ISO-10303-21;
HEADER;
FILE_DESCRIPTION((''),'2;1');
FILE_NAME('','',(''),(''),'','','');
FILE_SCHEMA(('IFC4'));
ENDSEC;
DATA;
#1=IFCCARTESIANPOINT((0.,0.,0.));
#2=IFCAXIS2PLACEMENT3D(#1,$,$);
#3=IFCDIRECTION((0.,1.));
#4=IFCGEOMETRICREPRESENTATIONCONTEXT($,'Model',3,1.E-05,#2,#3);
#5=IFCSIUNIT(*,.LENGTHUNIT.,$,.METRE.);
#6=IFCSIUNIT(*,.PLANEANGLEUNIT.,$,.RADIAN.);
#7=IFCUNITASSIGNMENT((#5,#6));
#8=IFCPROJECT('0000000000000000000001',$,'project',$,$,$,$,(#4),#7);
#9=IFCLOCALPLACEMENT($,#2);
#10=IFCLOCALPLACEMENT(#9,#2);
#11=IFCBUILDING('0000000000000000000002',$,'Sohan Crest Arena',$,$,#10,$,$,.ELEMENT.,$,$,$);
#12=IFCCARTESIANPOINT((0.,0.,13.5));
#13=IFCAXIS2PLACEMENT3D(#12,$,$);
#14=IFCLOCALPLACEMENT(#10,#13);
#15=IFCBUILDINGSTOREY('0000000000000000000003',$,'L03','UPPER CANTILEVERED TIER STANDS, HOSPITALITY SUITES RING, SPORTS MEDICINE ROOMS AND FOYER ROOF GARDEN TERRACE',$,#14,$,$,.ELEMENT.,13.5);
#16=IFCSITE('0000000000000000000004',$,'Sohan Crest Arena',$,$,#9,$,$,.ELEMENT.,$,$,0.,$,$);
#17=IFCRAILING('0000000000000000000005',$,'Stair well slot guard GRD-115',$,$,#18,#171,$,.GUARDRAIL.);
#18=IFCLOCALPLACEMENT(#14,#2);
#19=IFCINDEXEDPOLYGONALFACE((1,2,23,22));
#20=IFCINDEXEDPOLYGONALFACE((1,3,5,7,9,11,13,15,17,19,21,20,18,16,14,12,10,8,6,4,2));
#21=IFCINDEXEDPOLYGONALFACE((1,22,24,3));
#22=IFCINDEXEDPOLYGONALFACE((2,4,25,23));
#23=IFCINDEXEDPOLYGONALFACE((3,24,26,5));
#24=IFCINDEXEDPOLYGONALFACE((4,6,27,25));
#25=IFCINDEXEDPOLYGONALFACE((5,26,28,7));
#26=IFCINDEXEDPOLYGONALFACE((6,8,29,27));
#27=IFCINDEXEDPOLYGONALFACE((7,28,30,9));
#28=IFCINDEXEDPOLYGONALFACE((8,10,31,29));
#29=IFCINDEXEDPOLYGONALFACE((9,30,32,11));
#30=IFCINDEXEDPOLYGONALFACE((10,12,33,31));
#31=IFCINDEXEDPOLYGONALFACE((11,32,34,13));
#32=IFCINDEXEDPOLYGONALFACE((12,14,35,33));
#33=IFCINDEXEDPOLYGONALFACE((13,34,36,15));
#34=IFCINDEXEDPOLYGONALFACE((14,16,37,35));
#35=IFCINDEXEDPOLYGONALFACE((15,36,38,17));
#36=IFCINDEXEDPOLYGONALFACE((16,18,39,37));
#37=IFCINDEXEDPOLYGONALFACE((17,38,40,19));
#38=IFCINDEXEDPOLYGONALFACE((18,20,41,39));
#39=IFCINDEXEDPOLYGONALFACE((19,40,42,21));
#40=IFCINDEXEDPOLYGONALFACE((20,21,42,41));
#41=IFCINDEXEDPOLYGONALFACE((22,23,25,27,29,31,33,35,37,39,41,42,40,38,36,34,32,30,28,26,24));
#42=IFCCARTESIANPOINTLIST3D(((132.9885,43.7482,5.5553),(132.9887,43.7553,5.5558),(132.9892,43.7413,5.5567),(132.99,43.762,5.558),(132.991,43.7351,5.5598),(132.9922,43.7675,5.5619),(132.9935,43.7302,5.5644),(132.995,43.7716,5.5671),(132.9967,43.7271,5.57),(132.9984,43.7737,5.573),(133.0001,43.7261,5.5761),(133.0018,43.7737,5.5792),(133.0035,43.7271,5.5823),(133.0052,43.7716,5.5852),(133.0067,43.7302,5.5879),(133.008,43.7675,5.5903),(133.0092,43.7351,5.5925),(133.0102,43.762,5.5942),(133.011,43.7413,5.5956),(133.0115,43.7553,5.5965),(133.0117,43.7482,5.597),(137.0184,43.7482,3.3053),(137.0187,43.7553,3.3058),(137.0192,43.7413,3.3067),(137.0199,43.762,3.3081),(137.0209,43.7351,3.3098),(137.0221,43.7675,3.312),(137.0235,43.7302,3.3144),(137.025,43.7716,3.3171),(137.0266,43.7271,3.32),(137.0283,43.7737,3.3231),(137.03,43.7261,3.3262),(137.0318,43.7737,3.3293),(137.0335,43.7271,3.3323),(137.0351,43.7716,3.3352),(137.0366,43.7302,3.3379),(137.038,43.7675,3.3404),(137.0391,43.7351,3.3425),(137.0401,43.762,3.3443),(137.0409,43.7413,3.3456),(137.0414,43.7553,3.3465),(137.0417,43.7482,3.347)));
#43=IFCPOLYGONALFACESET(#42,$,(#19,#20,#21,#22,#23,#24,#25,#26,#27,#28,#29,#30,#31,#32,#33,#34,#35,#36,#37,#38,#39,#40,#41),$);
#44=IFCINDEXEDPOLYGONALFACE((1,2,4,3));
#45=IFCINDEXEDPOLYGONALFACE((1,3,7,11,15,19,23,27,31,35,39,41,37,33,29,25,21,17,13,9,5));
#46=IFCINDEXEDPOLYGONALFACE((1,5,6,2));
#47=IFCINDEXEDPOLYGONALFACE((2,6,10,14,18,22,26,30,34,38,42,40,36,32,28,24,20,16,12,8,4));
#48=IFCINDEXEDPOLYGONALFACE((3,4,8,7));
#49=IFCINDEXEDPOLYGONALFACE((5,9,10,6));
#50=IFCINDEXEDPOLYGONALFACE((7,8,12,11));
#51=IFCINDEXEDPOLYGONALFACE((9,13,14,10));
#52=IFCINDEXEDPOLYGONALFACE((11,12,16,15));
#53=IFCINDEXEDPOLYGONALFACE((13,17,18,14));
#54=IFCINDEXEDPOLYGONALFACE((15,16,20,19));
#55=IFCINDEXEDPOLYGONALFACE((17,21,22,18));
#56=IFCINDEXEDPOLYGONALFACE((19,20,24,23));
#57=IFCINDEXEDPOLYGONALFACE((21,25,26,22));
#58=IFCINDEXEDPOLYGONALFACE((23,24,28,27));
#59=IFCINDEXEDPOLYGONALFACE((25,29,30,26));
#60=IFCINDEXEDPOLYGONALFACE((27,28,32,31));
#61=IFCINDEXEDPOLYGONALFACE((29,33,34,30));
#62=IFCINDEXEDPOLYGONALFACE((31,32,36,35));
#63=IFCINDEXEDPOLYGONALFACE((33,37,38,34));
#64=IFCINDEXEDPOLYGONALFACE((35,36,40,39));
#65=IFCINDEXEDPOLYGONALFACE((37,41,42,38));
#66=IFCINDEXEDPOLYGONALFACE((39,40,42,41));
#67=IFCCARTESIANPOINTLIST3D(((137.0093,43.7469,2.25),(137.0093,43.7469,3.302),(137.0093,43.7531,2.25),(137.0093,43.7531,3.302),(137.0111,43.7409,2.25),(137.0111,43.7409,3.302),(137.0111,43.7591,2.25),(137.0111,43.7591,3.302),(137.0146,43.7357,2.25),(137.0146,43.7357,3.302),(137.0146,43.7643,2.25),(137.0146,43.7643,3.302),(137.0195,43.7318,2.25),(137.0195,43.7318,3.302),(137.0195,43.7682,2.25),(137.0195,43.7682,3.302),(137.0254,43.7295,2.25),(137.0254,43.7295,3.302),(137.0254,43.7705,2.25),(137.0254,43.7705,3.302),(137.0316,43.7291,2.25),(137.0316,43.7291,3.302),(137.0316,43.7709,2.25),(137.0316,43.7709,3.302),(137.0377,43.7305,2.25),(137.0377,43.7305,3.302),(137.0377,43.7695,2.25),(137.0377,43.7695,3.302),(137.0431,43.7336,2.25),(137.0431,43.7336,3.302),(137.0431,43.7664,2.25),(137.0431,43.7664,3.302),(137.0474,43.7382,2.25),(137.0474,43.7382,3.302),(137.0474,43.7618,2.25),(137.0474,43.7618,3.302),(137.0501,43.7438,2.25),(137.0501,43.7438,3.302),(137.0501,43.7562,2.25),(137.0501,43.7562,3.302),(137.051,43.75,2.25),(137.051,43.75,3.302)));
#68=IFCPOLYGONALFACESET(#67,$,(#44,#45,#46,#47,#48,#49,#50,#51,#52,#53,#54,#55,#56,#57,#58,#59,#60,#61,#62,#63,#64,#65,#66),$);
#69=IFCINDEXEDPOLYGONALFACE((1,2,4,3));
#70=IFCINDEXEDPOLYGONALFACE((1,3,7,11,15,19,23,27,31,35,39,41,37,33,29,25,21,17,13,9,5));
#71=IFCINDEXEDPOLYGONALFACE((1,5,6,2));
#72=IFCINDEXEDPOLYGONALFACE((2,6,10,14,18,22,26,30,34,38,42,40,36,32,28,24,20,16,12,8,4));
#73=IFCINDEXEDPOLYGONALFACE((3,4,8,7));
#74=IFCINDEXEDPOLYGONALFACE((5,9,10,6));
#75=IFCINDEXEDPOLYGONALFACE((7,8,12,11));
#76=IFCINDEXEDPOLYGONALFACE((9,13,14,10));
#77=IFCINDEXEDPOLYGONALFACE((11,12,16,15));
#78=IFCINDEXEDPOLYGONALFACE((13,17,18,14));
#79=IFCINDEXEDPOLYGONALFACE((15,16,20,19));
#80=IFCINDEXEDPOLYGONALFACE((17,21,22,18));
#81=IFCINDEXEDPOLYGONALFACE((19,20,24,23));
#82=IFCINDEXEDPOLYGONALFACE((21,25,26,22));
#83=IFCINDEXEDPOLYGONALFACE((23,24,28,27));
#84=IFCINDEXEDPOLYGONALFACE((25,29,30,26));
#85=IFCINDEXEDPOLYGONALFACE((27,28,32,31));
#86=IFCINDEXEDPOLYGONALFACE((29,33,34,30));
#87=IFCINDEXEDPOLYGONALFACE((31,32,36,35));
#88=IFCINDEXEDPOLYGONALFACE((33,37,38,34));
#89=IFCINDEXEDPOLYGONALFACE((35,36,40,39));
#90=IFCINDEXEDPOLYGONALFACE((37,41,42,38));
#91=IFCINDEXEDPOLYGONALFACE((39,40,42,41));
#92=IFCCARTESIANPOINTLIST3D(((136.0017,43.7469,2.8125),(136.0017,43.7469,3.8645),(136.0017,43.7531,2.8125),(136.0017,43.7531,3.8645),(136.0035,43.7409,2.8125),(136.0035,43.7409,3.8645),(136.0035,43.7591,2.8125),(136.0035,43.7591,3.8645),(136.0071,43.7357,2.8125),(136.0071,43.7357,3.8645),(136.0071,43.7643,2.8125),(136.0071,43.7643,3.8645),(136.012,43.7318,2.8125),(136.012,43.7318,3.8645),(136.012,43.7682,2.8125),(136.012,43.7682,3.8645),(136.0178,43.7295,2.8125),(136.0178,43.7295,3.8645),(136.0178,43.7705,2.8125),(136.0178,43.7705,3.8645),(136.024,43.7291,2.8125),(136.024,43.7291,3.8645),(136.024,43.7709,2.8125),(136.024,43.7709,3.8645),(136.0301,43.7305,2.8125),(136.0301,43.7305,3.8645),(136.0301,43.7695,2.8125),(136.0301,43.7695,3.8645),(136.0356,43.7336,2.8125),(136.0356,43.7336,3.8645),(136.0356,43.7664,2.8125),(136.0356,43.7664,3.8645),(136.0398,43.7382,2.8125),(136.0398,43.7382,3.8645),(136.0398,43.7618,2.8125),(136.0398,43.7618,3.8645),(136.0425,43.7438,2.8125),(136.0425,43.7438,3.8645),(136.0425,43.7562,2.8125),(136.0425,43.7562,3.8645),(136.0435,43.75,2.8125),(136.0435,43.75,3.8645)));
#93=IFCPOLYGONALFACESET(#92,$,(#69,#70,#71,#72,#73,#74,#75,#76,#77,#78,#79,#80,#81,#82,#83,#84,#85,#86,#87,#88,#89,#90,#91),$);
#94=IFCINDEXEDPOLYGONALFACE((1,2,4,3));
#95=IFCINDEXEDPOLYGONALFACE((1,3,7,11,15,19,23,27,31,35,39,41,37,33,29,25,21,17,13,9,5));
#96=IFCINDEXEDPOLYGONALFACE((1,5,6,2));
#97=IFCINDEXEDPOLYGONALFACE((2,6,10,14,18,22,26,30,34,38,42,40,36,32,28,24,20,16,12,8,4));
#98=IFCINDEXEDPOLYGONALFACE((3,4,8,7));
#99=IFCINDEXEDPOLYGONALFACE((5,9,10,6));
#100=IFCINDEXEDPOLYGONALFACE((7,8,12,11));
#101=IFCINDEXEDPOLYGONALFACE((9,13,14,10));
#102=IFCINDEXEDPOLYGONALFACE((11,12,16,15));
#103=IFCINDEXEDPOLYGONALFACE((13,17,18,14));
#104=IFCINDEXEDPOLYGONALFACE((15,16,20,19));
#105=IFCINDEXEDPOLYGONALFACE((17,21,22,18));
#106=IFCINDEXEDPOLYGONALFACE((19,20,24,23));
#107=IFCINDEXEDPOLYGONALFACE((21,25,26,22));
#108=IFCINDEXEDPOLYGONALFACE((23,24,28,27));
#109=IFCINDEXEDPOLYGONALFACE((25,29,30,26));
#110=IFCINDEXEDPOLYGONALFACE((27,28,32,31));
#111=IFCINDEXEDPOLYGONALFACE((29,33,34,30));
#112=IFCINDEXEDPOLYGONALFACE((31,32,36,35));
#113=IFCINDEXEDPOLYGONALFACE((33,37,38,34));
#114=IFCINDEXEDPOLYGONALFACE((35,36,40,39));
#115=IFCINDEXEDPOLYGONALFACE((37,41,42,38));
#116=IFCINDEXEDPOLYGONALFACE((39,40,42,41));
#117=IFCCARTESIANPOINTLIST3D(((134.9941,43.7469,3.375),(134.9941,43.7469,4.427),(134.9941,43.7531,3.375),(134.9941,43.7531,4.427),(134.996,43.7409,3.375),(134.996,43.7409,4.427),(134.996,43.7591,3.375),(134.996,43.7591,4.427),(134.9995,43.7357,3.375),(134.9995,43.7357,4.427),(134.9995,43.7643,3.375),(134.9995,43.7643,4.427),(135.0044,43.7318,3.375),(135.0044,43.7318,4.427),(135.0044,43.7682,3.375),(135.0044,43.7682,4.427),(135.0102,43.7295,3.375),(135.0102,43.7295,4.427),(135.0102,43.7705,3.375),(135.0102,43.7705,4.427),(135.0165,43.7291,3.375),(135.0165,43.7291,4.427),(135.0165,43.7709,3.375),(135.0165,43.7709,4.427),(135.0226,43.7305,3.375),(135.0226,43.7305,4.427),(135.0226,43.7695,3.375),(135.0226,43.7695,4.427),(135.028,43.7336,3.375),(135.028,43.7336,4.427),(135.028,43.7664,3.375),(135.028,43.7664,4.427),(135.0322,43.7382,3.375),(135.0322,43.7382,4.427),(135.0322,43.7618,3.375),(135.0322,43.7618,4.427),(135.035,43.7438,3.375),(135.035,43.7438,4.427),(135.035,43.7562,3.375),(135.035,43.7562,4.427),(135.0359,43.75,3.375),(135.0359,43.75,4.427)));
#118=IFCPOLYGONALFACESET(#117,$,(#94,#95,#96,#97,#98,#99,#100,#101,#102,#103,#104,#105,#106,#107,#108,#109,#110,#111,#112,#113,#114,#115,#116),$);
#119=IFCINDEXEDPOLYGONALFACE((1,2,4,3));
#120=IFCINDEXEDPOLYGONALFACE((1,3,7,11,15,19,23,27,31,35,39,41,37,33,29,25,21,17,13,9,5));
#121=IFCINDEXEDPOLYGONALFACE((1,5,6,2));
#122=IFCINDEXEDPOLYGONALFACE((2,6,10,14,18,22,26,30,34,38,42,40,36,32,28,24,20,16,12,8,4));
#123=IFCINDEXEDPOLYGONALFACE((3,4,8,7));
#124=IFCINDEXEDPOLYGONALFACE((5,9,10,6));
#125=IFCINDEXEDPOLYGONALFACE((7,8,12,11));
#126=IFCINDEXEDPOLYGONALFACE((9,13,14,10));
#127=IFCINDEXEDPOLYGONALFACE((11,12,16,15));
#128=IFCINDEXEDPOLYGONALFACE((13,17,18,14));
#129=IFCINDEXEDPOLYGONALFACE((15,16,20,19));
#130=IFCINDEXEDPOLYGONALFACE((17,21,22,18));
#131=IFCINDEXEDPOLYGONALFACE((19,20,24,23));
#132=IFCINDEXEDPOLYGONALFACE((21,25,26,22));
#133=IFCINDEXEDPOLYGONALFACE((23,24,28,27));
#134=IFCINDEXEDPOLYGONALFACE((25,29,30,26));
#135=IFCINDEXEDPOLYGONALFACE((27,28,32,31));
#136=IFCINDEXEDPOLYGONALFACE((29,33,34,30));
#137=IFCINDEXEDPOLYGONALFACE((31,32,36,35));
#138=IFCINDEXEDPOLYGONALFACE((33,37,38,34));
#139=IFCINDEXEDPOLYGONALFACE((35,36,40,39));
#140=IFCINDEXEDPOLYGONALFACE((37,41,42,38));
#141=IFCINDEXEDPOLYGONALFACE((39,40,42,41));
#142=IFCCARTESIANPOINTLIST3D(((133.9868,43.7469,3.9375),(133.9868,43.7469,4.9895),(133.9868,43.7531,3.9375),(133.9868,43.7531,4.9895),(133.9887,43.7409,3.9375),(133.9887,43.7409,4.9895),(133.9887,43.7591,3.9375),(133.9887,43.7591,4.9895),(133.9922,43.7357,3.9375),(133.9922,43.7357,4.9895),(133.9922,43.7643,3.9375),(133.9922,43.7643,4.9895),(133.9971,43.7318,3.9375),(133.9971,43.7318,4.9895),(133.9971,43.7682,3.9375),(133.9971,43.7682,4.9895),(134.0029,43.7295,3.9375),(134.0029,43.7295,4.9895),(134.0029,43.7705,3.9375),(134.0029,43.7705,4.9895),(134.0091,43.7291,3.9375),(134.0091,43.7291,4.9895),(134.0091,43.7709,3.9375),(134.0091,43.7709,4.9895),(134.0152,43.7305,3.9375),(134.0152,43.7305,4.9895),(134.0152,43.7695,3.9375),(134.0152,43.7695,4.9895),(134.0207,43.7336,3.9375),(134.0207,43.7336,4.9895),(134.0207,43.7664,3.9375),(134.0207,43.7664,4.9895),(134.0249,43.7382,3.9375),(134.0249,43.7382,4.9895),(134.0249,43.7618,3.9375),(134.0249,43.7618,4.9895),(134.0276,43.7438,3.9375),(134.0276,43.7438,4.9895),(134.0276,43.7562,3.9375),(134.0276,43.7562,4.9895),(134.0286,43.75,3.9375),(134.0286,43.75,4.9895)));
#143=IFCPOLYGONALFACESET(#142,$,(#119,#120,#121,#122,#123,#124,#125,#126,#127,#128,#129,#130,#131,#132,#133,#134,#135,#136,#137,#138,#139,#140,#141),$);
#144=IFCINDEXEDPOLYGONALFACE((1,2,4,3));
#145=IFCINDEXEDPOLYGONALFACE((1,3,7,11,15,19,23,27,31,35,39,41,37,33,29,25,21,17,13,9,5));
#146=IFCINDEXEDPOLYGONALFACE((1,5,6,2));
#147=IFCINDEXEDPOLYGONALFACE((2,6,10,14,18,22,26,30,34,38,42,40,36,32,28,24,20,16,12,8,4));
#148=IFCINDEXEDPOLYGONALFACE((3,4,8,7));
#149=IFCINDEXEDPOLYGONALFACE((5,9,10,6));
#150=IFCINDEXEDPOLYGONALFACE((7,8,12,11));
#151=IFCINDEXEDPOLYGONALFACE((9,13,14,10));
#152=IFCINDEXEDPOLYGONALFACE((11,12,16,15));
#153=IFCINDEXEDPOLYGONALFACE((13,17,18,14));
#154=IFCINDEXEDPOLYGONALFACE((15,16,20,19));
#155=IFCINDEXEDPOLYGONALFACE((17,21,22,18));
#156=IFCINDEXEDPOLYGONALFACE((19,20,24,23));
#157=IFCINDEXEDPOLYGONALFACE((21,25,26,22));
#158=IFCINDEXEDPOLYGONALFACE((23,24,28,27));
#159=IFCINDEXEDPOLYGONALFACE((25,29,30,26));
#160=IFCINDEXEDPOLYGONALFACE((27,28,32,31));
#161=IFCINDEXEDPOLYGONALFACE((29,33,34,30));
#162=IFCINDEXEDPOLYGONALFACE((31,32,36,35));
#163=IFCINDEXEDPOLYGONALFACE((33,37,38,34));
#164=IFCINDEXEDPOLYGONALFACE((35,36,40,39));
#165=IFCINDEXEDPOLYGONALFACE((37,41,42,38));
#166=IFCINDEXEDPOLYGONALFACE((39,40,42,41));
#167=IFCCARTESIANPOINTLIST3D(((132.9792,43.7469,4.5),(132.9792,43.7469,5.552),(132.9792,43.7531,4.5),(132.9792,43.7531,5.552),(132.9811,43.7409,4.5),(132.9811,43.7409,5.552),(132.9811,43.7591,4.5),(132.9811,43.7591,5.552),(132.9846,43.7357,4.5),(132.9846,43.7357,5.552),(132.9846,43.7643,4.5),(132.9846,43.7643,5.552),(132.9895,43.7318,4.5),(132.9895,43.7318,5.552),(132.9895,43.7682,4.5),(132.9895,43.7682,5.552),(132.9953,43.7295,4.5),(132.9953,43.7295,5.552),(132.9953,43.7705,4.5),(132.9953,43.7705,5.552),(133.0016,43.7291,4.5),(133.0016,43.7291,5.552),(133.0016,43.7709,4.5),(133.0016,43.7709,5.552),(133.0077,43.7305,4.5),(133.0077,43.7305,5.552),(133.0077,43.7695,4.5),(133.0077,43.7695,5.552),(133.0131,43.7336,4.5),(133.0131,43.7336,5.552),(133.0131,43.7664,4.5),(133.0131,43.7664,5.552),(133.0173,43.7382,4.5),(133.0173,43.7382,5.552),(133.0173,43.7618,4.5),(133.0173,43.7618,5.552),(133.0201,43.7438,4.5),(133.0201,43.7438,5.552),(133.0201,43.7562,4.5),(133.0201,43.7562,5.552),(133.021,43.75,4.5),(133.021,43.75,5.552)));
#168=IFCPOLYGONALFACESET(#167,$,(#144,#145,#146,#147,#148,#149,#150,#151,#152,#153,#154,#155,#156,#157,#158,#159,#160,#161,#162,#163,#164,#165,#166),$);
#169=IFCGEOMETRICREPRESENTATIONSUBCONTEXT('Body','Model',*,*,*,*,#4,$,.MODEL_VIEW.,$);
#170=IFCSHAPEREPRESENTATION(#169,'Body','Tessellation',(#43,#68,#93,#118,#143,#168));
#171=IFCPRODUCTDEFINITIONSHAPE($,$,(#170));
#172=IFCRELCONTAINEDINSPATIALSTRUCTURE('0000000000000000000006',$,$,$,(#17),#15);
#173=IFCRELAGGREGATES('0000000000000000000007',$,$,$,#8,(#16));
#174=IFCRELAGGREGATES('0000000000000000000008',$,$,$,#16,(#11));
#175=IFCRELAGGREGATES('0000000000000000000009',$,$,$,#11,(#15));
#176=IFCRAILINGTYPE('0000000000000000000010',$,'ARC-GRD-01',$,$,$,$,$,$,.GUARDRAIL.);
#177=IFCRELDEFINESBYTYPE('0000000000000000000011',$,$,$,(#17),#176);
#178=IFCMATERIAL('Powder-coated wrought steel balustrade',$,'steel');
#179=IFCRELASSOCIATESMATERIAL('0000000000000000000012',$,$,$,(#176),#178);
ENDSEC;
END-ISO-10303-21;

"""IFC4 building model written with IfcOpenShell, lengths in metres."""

from ifc_helpers import new_model, si_unit, direction, frame, origin, origin_2d, place, context, subcontext, project, spatial, circle, extrude, material, type_object, element, save


model = new_model("IFC4")

# Units and contexts
model_context = context("Model", 3, precision=1e-05, world=origin(), true_north=direction((0.0, 1.0)))
body_context = subcontext(model_context, "Body", "Model", "MODEL_VIEW")
ifc_project = project(units=[si_unit("LENGTHUNIT", "METRE"), si_unit("PLANEANGLEUNIT", "RADIAN")], contexts=[model_context])

# Site, building, storey
site_placement = place(None, origin())
site = spatial("IfcSite", under=ifc_project, at=site_placement, Name="Sohan Crest Arena", CompositionType="ELEMENT", RefElevation=0.0)
building_placement = place(site_placement, origin())
building = spatial("IfcBuilding", under=site, at=building_placement, Name="Sohan Crest Arena", CompositionType="ELEMENT")
storey_placement = place(building_placement, frame((0.0, 0.0, 13.5)))
storey = spatial("IfcBuildingStorey", under=building, at=storey_placement, Name="L03", Description="UPPER CANTILEVERED TIER STANDS, HOSPITALITY SUITES RING, SPORTS MEDICINE ROOMS AND FOYER ROOF GARDEN TERRACE", CompositionType="ELEMENT", Elevation=13.5)

# Railing
ifc_material_1 = material(Name="Powder-coated wrought steel balustrade", Category="steel")
railing_type_1 = type_object("IfcRailingType", Name="ARC-GRD-01", PredefinedType="GUARDRAIL", material=ifc_material_1)
railing_1_placement = place(storey_placement, frame((137.03, 43.75, 2.25)))
element("IfcRailing", 1, at=railing_1_placement, inside=storey, type_object=railing_type_1, Name="Stair well slot guard GRD-115", PredefinedType="GUARDRAIL", context=body_context, shape_type="SweptSolid", body=[
    extrude(circle(Radius=0.0239, at=origin_2d()), frame((0.0, 0.0, 1.0762), z_axis=(-0.873135, 0.0, 0.487479), x_axis=(0.0, -1.0, 0.0)), (0.0, 0.0, 1.0), 4.6155),
    extrude(circle(Radius=0.021, at=origin_2d()), origin(), (0.0, 0.0, 1.0), 1.052),
    extrude(circle(Radius=0.021, at=origin_2d()), frame((-1.0076, 0.0, 0.5625)), (0.0, 0.0, 1.0), 1.052),
    extrude(circle(Radius=0.021, at=origin_2d()), frame((-2.0151, 0.0, 1.125)), (0.0, 0.0, 1.0), 1.052),
    extrude(circle(Radius=0.021, at=origin_2d()), frame((-3.0225, 0.0, 1.6875)), (0.0, 0.0, 1.0), 1.052),
    extrude(circle(Radius=0.021, at=origin_2d()), frame((-4.03, 0.0, 2.25)), (0.0, 0.0, 1.0), 1.052),
])

save(model, "model.ifc")
